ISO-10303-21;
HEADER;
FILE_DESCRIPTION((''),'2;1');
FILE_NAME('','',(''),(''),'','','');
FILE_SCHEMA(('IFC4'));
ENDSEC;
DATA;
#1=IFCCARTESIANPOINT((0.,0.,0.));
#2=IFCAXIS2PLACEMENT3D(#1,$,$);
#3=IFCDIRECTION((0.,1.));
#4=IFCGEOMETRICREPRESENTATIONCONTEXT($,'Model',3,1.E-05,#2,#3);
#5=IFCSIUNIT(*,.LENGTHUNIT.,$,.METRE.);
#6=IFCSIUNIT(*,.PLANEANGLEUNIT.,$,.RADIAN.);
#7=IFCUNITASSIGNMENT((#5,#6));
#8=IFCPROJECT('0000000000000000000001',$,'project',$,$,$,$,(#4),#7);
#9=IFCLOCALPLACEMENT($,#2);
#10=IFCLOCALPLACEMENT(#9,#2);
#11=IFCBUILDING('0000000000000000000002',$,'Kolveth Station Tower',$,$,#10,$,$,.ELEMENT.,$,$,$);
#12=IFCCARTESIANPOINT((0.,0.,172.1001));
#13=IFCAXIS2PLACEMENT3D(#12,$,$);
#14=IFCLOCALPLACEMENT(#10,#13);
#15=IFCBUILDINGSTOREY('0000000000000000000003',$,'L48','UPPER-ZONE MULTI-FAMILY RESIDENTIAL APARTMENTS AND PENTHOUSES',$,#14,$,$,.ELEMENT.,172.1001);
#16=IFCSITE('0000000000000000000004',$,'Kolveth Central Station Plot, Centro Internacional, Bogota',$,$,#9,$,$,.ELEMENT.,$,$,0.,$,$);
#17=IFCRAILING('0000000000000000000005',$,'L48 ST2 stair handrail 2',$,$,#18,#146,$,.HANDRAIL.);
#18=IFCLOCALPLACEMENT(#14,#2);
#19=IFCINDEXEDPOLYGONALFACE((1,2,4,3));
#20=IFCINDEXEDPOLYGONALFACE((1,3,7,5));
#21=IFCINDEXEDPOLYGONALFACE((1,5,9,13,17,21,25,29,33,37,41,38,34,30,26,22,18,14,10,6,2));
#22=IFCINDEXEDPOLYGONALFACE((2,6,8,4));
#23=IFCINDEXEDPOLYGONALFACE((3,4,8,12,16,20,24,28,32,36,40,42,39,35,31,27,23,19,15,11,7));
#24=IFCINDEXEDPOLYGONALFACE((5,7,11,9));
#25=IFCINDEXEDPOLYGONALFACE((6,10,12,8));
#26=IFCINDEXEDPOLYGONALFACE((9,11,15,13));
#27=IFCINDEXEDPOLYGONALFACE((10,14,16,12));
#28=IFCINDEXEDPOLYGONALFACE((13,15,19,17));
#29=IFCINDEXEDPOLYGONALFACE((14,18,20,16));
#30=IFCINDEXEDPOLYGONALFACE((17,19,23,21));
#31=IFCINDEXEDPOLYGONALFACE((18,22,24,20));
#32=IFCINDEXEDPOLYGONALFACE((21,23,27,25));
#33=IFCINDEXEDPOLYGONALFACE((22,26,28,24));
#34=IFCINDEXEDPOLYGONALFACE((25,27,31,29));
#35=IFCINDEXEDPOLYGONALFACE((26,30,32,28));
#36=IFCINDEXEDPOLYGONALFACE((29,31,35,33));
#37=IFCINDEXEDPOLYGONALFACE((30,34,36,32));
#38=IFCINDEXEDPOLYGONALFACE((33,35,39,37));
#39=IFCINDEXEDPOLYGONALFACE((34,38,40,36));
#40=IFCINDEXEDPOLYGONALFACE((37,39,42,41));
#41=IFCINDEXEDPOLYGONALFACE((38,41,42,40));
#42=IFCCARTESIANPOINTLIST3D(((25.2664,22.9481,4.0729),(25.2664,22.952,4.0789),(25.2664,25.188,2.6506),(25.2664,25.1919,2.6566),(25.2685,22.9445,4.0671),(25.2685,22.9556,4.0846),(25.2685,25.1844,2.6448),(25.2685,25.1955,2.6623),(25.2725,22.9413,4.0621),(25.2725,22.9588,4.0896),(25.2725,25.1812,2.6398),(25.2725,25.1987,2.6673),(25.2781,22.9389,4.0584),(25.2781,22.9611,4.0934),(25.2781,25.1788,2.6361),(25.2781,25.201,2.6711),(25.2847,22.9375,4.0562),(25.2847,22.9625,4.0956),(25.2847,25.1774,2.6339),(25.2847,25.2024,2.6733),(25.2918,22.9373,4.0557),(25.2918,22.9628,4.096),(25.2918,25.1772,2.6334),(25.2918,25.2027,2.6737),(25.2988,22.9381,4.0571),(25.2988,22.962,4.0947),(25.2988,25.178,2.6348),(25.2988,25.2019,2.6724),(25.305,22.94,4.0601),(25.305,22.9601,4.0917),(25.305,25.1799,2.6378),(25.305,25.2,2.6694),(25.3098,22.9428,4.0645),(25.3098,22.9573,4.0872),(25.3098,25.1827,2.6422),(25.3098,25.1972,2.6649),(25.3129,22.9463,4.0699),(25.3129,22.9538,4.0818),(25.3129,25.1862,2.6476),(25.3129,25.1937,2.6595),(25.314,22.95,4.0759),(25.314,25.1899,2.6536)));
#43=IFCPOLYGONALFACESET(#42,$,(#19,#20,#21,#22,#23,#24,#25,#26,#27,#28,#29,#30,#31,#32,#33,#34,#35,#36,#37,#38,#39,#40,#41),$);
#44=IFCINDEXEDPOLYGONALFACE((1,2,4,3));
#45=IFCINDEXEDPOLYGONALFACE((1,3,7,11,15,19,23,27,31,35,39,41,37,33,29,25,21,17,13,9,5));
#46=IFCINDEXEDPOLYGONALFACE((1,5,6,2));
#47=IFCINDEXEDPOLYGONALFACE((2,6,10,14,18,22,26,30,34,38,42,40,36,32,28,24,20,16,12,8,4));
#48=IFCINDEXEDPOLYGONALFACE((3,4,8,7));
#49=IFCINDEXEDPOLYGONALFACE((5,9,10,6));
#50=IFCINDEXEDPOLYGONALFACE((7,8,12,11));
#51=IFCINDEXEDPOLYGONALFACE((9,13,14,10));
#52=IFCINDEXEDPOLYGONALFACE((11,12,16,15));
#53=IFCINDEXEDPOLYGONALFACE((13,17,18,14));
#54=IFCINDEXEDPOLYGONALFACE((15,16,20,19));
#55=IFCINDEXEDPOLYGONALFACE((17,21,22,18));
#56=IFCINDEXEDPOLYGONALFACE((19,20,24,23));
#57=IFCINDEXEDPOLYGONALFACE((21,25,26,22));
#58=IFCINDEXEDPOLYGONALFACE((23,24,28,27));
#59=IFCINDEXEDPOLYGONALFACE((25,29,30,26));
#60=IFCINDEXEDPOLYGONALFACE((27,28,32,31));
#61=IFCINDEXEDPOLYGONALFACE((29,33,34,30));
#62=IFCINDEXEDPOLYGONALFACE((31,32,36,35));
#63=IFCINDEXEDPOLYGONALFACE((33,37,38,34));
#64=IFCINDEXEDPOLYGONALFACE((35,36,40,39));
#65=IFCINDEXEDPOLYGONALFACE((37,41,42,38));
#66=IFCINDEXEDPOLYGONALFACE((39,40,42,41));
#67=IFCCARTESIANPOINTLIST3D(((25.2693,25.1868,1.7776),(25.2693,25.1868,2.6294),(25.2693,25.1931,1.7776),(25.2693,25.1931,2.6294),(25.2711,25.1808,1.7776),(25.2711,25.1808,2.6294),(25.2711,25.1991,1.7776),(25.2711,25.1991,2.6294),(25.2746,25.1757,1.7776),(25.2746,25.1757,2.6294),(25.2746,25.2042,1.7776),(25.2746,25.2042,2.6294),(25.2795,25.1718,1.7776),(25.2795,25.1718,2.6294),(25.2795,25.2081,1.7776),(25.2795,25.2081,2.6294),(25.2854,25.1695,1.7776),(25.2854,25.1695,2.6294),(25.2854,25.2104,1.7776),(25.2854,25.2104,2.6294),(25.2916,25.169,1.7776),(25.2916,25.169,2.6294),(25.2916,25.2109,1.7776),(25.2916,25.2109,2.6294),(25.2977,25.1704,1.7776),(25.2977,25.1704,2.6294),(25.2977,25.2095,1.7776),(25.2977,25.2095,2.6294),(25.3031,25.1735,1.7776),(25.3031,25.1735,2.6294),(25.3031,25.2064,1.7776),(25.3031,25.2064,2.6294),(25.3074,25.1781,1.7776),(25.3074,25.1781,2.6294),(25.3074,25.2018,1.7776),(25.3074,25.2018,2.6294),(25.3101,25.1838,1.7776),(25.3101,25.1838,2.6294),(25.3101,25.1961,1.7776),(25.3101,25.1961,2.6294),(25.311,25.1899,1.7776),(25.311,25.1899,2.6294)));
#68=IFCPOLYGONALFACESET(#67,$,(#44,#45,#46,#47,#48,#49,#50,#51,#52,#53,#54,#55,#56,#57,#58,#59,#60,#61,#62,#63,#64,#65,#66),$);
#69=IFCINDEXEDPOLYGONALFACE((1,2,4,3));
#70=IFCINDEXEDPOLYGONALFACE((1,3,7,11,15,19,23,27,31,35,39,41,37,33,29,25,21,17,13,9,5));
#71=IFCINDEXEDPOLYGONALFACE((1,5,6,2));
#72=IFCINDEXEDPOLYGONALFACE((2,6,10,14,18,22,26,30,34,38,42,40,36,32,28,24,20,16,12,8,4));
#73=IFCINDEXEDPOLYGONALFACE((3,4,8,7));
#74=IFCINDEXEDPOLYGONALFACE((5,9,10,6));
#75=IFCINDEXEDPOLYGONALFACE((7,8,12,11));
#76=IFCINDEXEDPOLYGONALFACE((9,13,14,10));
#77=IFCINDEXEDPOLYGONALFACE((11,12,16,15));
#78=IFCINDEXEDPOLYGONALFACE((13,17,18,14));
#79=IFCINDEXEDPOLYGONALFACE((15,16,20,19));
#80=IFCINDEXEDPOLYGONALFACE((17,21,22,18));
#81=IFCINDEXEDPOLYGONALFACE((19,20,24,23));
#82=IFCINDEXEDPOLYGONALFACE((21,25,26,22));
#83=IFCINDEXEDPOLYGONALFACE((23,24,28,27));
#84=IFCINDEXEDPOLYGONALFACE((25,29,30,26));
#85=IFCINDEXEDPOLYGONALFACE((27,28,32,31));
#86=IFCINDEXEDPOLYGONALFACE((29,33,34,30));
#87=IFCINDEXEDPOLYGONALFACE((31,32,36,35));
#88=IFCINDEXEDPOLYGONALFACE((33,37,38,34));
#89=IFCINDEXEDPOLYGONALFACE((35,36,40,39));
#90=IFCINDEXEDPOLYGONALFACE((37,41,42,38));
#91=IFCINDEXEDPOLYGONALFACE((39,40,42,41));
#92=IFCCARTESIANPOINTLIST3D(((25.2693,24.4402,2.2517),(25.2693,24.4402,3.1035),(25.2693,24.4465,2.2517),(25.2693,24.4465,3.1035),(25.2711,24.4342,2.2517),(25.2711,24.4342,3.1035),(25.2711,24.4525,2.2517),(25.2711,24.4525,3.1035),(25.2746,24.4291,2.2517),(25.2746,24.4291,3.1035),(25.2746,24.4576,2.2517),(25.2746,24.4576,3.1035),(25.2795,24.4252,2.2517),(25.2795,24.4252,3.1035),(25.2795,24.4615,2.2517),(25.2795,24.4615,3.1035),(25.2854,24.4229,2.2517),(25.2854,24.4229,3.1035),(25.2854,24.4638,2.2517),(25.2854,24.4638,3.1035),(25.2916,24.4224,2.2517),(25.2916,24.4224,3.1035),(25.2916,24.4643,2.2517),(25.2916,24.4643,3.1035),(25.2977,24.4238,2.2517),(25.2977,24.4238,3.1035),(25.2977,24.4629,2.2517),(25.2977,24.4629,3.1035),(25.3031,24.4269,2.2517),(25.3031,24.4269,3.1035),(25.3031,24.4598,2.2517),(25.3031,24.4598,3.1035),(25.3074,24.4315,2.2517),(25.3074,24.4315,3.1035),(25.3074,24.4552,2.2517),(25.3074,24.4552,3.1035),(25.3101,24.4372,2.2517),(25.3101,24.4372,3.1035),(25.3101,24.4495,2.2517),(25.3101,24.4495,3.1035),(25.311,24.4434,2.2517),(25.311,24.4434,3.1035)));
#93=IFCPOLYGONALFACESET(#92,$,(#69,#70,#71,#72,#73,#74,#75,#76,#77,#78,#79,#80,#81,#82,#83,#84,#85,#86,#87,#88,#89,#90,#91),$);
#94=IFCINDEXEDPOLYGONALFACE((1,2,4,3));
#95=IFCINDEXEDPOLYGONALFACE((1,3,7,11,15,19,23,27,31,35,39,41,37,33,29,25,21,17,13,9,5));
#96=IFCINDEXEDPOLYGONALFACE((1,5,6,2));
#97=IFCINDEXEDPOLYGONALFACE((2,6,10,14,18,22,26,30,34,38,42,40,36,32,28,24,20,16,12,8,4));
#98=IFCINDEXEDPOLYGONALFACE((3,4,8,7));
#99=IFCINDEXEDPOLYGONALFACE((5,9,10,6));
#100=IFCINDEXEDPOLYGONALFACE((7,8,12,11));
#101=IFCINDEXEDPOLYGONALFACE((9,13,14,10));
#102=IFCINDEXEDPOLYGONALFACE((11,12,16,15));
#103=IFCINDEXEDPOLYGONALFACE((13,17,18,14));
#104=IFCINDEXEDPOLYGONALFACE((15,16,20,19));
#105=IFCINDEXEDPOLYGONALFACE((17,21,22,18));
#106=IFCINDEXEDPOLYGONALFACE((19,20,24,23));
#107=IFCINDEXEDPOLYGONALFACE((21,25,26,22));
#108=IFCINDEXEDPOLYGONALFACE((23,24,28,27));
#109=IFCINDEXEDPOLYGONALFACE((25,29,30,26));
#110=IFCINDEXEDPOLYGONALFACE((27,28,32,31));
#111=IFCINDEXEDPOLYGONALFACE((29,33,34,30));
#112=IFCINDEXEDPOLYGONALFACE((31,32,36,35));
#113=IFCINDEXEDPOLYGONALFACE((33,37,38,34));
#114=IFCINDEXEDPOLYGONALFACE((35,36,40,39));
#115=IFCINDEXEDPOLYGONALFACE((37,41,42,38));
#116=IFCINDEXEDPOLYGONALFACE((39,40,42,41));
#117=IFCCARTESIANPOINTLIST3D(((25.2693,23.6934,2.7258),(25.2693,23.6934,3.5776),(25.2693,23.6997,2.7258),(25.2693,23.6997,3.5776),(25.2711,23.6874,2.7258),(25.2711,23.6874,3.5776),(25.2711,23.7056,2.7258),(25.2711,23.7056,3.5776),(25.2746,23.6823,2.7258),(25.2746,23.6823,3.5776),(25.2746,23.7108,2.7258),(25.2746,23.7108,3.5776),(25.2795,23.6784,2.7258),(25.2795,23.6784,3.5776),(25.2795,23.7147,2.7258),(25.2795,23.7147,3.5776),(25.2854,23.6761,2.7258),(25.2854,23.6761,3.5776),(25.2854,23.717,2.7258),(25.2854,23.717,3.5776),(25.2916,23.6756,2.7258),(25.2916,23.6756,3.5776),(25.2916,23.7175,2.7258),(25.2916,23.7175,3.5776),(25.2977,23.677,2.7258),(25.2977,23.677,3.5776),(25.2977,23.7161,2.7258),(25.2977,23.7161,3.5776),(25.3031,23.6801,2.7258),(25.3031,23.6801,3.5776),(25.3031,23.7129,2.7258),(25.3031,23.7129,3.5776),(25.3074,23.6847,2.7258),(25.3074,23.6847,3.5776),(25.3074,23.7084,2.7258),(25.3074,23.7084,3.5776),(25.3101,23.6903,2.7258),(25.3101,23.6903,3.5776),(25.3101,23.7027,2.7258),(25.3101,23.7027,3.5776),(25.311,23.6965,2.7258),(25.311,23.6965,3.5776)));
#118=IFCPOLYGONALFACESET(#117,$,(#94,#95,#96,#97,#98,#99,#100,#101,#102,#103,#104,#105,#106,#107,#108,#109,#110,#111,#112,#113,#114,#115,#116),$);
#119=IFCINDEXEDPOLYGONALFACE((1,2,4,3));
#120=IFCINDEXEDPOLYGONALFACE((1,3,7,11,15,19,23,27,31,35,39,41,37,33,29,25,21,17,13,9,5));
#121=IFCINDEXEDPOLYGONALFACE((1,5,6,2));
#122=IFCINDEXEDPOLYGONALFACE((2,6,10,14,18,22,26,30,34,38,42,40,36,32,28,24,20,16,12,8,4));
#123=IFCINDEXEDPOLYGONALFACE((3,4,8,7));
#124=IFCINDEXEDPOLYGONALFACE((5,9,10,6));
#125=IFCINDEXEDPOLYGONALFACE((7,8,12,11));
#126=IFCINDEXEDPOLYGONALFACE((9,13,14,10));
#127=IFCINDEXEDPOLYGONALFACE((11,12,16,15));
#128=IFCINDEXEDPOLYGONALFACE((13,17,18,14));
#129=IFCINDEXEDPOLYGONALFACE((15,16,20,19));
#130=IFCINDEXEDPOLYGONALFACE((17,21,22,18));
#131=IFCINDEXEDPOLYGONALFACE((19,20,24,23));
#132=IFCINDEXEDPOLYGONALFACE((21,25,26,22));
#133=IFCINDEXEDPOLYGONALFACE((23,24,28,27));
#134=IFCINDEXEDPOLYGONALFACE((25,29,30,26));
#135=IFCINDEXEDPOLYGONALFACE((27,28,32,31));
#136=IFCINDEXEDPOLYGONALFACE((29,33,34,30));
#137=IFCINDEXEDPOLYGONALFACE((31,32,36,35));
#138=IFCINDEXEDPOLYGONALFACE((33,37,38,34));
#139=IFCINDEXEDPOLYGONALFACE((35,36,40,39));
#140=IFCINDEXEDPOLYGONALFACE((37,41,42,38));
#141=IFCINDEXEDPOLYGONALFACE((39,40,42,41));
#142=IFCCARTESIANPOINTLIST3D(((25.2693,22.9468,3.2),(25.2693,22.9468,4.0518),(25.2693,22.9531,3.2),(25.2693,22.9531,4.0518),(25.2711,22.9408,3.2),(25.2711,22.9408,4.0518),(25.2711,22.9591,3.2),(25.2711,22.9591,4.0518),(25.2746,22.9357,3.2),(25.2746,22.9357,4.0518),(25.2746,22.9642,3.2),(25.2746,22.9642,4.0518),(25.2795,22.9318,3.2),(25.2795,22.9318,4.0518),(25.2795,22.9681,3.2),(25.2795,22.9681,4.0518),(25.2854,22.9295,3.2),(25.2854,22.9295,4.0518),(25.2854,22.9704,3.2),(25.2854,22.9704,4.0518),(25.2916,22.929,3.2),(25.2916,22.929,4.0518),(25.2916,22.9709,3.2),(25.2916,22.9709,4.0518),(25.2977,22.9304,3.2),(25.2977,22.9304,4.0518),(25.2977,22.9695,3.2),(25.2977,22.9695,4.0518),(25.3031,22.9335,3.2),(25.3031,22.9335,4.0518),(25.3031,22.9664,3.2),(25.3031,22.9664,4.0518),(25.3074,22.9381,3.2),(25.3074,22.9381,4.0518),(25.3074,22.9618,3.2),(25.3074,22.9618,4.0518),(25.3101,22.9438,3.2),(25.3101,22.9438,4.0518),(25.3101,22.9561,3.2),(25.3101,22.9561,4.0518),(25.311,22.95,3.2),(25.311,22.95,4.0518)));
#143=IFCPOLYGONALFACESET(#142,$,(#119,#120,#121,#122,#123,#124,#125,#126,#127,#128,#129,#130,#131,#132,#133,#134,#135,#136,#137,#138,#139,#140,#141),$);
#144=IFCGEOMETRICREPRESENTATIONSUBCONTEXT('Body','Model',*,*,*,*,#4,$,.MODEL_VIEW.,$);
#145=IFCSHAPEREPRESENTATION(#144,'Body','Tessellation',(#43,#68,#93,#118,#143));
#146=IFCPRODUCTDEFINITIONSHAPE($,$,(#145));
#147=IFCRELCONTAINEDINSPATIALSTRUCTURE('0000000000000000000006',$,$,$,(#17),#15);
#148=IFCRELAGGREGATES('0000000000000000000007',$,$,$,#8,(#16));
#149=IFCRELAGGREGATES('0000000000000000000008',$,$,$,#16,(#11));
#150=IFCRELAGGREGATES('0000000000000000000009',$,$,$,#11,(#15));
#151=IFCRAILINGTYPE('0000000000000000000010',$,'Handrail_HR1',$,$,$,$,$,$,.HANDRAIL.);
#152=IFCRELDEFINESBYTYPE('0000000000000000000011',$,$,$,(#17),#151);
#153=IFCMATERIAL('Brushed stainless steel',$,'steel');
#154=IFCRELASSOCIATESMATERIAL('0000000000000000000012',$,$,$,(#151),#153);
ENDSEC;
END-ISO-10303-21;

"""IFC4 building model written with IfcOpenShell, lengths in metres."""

from ifc_helpers import new_model, si_unit, direction, frame, origin, origin_2d, place, context, subcontext, project, spatial, circle, extrude, material, type_object, element, save


model = new_model("IFC4")

# Units and contexts
model_context = context("Model", 3, precision=1e-05, world=origin(), true_north=direction((0.0, 1.0)))
body_context = subcontext(model_context, "Body", "Model", "MODEL_VIEW")
ifc_project = project(units=[si_unit("LENGTHUNIT", "METRE"), si_unit("PLANEANGLEUNIT", "RADIAN")], contexts=[model_context])

# Site, building, storey
site_placement = place(None, origin())
site = spatial("IfcSite", under=ifc_project, at=site_placement, Name="Kolveth Central Station Plot, Centro Internacional, Bogota", CompositionType="ELEMENT", RefElevation=0.0)
building_placement = place(site_placement, origin())
building = spatial("IfcBuilding", under=site, at=building_placement, Name="Kolveth Station Tower", CompositionType="ELEMENT")
storey_placement = place(building_placement, frame((0.0, 0.0, 172.1001)))
storey = spatial("IfcBuildingStorey", under=building, at=storey_placement, Name="L48", Description="UPPER-ZONE MULTI-FAMILY RESIDENTIAL APARTMENTS AND PENTHOUSES", CompositionType="ELEMENT", Elevation=172.1001)

# Railing
ifc_material_1 = material(Name="Brushed stainless steel", Category="steel")
railing_type_1 = type_object("IfcRailingType", Name="Handrail_HR1", PredefinedType="HANDRAIL", material=ifc_material_1)
for number, where, name in (
    (1, (25.29, 25.1899, 1.7776), "L48 ST2 stair handrail 2"),
):
    element("IfcRailing", number, at=place(storey_placement, frame(where)), inside=storey, type_object=railing_type_1, Name=name, PredefinedType="HANDRAIL", context=body_context, shape_type="SweptSolid", body=[
        extrude(circle(Radius=0.0239, at=origin_2d()), frame((0.0, 0.0, 0.876), z_axis=(0.0, -0.844188, 0.536048), x_axis=(1.0, 0.0, 0.0)), (0.0, 0.0, 1.0), 2.6533),
        extrude(circle(Radius=0.021, at=origin_2d()), origin(), (0.0, 0.0, 1.0), 0.8518),
        extrude(circle(Radius=0.021, at=origin_2d()), frame((0.0, -0.7466, 0.4741)), (0.0, 0.0, 1.0), 0.8518),
        extrude(circle(Radius=0.021, at=origin_2d()), frame((0.0, -1.4934, 0.9482)), (0.0, 0.0, 1.0), 0.8518),
        extrude(circle(Radius=0.021, at=origin_2d()), frame((0.0, -2.24, 1.4224)), (0.0, 0.0, 1.0), 0.8518),
    ])

save(model, "model.ifc")
